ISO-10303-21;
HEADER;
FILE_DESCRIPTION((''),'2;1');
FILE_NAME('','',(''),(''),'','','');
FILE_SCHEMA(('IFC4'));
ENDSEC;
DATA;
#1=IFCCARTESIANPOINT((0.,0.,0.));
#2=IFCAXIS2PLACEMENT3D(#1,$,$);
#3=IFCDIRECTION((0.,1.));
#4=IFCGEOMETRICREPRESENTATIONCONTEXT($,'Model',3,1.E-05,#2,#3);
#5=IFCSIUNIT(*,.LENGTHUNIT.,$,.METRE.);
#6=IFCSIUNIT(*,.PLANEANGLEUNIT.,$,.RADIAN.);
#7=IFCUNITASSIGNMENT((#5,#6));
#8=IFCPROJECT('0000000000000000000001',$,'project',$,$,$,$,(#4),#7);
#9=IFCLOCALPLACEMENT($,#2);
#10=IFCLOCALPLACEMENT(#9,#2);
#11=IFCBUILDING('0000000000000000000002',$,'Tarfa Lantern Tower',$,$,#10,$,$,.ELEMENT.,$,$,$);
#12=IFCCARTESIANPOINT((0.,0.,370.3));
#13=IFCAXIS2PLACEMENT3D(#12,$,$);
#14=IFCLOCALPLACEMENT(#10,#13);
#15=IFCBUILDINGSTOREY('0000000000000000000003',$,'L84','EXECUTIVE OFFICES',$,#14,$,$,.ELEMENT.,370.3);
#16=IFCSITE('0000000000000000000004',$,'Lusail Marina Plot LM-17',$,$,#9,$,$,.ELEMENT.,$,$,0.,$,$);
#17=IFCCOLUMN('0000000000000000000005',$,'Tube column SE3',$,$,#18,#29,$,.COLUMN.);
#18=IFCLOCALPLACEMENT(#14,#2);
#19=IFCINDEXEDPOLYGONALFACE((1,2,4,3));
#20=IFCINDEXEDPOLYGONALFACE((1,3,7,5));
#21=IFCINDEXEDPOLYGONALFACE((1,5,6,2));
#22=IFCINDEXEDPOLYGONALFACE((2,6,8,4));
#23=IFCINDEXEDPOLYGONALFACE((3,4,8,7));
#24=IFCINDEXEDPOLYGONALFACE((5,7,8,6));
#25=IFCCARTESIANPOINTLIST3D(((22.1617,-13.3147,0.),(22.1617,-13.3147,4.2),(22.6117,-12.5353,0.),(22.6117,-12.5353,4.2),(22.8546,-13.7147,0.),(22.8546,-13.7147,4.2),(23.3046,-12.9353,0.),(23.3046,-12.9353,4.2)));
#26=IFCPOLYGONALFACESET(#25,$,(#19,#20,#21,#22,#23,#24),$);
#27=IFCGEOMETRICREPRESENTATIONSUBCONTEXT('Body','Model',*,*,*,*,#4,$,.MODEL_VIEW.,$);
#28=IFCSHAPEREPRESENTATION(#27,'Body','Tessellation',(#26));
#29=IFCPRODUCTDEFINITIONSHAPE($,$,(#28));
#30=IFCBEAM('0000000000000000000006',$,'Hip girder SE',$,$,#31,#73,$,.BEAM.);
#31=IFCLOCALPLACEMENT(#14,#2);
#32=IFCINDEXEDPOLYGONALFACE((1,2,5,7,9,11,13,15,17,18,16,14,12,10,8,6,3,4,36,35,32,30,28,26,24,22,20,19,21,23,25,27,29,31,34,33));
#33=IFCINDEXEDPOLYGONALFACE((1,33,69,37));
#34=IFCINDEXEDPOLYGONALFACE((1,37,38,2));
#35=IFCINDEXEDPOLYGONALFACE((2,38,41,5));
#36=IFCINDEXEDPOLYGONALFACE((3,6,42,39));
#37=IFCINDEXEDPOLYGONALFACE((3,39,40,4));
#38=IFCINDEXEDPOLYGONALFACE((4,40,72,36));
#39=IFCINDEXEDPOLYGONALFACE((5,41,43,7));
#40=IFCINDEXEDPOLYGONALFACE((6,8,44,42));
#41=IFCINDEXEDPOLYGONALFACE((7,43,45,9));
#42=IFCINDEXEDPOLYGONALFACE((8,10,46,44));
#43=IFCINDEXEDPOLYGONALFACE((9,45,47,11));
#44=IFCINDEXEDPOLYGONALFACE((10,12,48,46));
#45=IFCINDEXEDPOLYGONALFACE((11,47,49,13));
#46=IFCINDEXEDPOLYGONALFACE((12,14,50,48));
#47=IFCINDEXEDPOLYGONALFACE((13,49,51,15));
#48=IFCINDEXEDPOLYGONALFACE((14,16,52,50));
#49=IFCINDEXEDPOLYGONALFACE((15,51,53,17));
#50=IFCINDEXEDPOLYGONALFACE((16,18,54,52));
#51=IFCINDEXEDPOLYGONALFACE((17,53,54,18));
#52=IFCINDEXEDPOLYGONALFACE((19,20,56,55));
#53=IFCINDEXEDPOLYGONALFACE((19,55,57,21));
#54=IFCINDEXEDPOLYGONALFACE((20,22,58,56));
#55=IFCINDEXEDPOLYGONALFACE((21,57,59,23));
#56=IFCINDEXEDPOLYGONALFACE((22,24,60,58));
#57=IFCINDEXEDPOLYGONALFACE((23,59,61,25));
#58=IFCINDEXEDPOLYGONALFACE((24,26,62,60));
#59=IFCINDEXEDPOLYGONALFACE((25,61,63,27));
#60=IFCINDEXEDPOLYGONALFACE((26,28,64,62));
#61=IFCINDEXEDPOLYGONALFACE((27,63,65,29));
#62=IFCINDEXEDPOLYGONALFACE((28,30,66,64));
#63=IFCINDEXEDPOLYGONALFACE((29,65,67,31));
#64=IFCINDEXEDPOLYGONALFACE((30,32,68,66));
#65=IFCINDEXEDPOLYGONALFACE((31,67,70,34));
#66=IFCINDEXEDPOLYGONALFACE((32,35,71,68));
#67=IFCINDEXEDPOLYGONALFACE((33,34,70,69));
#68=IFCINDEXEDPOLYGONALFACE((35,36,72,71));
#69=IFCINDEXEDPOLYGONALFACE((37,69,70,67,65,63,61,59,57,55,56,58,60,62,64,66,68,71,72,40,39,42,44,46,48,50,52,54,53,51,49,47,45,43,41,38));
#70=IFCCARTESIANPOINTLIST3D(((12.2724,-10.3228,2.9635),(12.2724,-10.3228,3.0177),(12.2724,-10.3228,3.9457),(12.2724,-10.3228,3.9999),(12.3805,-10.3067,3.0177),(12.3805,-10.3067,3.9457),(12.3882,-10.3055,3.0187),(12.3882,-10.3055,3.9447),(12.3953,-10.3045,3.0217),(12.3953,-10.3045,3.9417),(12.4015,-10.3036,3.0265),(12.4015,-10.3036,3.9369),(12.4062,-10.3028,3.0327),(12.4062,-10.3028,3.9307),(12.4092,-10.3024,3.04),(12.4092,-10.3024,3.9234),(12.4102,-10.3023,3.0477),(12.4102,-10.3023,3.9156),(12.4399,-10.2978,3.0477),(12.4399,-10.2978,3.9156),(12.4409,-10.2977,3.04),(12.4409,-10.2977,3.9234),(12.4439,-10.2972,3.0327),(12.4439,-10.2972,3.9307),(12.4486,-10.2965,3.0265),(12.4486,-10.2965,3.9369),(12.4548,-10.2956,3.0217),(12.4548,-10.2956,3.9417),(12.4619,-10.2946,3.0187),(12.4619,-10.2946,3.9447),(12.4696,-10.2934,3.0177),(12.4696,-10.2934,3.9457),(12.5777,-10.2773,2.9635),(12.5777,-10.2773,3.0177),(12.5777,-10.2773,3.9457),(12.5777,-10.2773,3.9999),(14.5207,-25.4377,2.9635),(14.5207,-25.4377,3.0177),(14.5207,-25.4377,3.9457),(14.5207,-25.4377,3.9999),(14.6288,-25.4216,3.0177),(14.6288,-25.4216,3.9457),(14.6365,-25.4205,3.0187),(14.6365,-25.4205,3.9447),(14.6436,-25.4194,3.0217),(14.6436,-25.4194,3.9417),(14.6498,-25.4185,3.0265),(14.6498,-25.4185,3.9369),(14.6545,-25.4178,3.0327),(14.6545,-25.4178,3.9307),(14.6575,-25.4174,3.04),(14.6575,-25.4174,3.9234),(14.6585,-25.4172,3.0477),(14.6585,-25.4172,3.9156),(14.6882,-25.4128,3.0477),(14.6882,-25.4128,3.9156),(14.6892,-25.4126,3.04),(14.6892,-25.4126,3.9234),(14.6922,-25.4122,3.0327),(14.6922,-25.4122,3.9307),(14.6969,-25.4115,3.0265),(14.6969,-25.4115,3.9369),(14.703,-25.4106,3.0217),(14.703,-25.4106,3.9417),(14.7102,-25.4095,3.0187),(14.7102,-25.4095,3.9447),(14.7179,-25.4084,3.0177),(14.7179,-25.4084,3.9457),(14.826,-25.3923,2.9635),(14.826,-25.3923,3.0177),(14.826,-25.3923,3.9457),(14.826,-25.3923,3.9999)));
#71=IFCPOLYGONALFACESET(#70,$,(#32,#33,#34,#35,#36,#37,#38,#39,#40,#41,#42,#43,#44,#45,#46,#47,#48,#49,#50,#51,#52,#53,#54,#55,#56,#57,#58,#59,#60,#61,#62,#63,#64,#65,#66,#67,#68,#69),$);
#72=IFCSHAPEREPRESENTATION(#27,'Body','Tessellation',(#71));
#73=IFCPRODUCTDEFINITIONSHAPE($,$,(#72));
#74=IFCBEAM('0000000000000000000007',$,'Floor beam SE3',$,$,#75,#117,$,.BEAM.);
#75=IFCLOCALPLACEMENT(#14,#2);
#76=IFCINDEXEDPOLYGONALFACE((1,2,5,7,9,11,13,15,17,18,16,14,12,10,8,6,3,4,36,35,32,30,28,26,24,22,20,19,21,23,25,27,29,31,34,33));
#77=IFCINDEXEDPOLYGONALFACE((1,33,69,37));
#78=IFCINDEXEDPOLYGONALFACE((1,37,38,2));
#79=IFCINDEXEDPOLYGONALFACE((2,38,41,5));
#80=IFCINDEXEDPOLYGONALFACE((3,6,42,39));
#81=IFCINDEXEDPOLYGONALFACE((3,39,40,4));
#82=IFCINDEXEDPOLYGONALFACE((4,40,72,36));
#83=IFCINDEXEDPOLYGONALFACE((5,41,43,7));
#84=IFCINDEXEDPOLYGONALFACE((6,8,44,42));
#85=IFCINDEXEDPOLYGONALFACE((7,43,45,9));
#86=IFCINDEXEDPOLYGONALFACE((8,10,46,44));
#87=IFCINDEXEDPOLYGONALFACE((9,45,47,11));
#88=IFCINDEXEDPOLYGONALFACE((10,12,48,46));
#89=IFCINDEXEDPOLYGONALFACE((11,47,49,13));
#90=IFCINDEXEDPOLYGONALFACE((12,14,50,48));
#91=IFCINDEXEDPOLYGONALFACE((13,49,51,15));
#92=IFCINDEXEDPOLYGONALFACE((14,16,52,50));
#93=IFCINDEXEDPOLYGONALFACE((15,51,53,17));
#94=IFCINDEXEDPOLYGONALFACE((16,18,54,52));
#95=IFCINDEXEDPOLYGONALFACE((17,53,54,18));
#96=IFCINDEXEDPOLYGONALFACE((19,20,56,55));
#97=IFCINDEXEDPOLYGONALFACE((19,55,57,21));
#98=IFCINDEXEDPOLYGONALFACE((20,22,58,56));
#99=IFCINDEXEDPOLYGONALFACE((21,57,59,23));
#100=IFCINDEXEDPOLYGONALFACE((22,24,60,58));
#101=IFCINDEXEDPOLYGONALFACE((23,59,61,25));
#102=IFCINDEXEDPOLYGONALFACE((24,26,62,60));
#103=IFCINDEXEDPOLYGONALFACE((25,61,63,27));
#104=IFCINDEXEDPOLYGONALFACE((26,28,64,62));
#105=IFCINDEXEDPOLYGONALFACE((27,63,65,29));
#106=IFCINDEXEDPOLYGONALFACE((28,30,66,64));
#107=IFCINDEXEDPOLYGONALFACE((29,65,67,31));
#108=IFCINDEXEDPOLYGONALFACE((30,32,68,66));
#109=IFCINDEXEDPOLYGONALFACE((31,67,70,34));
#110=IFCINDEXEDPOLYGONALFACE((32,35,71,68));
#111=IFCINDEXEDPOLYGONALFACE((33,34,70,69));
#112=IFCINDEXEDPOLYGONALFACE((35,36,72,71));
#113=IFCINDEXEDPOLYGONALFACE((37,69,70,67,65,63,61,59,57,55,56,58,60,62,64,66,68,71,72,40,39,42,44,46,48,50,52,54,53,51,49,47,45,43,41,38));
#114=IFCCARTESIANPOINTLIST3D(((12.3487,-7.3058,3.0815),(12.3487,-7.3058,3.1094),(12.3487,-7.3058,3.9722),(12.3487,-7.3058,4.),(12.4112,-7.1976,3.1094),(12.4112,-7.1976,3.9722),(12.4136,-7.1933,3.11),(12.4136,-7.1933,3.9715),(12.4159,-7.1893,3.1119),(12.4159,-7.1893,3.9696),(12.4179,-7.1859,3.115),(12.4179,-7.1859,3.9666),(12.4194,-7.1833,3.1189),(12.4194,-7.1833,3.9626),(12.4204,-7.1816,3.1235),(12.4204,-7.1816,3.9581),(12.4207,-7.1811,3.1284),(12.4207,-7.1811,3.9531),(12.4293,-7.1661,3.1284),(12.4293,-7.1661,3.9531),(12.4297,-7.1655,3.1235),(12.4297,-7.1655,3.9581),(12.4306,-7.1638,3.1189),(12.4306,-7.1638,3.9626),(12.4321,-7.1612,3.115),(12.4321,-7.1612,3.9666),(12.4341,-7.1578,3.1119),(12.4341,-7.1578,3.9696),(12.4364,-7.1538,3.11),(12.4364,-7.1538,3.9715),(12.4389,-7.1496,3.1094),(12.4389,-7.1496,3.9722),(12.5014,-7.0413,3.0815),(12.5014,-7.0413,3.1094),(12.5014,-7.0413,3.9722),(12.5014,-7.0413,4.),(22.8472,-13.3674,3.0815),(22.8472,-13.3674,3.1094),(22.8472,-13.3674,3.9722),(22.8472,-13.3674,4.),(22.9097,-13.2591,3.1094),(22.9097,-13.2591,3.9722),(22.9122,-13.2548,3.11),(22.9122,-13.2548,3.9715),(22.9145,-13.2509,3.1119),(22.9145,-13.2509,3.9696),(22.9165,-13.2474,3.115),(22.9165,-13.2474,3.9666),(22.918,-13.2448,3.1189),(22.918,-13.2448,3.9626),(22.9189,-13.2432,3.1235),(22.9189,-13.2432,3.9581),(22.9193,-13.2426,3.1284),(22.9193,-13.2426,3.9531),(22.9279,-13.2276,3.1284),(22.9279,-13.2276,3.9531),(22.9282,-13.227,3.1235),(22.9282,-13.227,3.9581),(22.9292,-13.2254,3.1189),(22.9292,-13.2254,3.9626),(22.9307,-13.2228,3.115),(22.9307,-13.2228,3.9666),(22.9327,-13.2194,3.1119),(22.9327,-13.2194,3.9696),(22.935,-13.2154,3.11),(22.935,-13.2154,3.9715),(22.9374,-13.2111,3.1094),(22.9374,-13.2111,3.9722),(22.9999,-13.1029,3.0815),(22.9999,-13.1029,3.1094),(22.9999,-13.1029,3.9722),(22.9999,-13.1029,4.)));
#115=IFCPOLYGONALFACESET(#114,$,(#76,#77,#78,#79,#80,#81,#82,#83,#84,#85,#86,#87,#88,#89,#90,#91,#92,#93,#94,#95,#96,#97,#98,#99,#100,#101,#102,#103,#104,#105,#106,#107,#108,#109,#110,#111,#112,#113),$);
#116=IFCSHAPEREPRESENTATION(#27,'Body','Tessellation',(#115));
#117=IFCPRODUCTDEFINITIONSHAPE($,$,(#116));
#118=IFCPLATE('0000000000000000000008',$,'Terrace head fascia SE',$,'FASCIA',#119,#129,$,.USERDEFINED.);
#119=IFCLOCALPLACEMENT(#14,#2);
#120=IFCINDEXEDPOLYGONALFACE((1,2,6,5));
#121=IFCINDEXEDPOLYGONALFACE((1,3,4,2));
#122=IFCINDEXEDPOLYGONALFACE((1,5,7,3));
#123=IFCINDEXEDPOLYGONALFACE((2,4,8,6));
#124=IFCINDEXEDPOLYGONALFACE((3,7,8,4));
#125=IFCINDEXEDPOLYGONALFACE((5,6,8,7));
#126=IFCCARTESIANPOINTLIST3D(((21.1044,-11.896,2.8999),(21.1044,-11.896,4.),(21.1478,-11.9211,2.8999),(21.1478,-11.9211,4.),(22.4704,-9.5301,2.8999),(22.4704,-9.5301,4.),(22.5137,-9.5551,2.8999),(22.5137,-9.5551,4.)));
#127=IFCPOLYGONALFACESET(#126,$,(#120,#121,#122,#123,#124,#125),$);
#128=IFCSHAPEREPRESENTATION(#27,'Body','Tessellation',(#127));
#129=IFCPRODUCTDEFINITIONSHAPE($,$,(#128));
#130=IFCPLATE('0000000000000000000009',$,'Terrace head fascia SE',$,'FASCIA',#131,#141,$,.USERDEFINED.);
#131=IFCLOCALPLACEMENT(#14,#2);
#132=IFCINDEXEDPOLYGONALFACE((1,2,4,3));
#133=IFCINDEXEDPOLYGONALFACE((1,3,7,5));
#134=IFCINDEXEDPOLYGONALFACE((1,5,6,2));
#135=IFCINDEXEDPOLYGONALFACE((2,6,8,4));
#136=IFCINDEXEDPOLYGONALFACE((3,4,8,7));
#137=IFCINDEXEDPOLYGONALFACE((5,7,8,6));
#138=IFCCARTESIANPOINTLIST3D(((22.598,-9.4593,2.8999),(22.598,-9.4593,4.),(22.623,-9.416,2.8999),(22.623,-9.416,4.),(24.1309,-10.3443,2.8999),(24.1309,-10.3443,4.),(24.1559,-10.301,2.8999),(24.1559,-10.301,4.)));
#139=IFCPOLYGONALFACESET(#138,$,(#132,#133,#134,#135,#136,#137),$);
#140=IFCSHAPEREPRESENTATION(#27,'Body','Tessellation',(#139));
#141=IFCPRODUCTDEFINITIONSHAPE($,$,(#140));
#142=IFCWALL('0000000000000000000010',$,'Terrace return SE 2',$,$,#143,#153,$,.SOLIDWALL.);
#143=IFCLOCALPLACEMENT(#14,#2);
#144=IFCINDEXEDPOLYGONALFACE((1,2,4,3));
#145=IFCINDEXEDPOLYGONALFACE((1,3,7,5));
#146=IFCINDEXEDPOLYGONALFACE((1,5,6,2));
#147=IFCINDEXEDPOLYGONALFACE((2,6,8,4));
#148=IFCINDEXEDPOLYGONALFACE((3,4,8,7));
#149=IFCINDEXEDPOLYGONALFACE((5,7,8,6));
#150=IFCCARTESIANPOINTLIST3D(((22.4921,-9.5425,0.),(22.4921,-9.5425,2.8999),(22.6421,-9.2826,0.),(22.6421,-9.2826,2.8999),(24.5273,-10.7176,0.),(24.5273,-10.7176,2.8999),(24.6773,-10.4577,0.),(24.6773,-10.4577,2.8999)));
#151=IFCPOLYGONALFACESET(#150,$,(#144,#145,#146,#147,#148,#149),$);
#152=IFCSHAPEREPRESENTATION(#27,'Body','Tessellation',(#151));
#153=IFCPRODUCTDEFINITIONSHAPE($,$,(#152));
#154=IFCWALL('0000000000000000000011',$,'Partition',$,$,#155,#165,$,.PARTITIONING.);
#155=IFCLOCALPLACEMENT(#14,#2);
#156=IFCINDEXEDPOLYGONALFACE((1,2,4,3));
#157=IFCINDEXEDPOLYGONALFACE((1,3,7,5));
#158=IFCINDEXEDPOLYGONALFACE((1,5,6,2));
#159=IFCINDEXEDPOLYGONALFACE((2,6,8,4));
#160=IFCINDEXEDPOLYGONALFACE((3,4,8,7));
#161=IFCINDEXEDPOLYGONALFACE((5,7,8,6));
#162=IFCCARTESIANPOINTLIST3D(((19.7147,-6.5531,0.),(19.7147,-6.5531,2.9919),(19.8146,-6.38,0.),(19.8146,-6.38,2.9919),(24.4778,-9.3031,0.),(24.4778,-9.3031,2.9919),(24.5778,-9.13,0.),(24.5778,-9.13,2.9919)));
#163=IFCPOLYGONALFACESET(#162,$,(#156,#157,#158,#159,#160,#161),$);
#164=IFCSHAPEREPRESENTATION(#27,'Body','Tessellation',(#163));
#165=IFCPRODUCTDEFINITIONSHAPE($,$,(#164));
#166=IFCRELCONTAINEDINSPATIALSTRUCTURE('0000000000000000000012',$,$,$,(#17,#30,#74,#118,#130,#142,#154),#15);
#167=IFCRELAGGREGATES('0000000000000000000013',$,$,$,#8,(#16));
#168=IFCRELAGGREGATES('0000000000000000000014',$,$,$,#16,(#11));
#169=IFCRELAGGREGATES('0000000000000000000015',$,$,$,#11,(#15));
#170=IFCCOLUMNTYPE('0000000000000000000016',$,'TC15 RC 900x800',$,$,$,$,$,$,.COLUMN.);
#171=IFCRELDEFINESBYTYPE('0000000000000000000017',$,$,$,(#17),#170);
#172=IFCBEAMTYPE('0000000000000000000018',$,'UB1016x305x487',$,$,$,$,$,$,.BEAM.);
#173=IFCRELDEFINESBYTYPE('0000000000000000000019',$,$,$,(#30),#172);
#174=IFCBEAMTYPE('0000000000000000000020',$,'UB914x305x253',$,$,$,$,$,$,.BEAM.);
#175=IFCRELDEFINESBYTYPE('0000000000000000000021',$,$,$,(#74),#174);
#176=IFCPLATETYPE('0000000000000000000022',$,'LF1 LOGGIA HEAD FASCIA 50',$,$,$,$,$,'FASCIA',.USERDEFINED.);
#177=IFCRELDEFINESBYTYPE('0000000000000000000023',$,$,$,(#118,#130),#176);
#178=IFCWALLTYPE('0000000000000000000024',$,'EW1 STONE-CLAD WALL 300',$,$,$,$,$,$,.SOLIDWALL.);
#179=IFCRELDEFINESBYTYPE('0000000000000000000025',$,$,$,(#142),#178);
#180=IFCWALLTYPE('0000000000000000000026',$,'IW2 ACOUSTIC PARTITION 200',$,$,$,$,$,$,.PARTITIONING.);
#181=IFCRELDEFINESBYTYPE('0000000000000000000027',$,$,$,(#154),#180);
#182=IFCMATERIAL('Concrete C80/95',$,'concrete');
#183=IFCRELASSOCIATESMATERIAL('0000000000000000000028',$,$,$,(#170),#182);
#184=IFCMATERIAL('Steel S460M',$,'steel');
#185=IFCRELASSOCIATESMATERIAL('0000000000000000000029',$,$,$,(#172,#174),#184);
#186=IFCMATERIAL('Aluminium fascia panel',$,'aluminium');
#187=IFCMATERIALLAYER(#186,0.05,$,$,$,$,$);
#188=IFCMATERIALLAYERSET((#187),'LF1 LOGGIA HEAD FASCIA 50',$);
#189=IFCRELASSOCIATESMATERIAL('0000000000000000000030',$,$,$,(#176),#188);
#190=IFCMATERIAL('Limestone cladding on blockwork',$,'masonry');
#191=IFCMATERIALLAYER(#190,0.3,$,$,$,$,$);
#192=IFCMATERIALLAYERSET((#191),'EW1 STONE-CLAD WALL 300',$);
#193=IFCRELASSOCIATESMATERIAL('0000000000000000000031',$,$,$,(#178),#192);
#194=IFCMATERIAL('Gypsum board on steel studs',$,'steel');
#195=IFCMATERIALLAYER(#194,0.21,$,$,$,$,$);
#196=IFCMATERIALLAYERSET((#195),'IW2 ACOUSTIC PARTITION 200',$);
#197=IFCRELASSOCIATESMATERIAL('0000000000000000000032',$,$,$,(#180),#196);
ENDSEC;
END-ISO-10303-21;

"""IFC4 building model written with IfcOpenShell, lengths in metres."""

from ifc_helpers import new_model, si_unit, direction, frame, frame_2d, origin, origin_2d, place, context, subcontext, project, spatial, rectangle, i_section, extrude, material, layer, layer_set, material_profile, profile_set, type_object, element, save


model = new_model("IFC4")

# Units and contexts
model_context = context("Model", 3, precision=1e-05, world=origin(), true_north=direction((0.0, 1.0)))
body_context = subcontext(model_context, "Body", "Model", "MODEL_VIEW")
ifc_project = project(units=[si_unit("LENGTHUNIT", "METRE"), si_unit("PLANEANGLEUNIT", "RADIAN")], contexts=[model_context])

# Site, building, storey
site_placement = place(None, origin())
site = spatial("IfcSite", under=ifc_project, at=site_placement, Name="Lusail Marina Plot LM-17", CompositionType="ELEMENT", RefElevation=0.0)
building_placement = place(site_placement, origin())
building = spatial("IfcBuilding", under=site, at=building_placement, Name="Tarfa Lantern Tower", CompositionType="ELEMENT")
storey_placement = place(building_placement, frame((0.0, 0.0, 370.3)))
storey = spatial("IfcBuildingStorey", under=building, at=storey_placement, Name="L84", Description="EXECUTIVE OFFICES", CompositionType="ELEMENT", Elevation=370.3)

# Column
ifc_material_1 = material(Name="Concrete C80/95", Category="concrete")
ifc_material_profile_1 = material_profile(ifc_material_1, rectangle(XDim=0.8999, YDim=0.8, at=origin_2d()), Name="RC 900x800")
ifc_profile_set_1 = profile_set([ifc_material_profile_1], Name="Concrete C80/95")
column_type = type_object("IfcColumnType", Name="TC15 RC 900x800", PredefinedType="COLUMN", material=ifc_profile_set_1)
column_placement = place(storey_placement, frame((22.7332, -13.125, 0.0), z_axis=(0.0, 0.0, 1.0), x_axis=(0.5, 0.866025, 0.0)))
element("IfcColumn", 1, at=column_placement, inside=storey, type_object=column_type, Name="Tube column SE3", PredefinedType="COLUMN", context=body_context, shape_type="SweptSolid", body=[
    extrude(rectangle(XDim=0.8999, YDim=0.8, at=origin_2d()), origin(), (0.0, 0.0, 1.0), 4.2),
])

# Beams
ifc_material_2 = material(Name="Steel S460M", Category="steel")
ifc_material_profile_2 = material_profile(ifc_material_2, i_section(OverallWidth=0.3086, OverallDepth=1.0364, WebThickness=0.03, FlangeThickness=0.0542, FilletRadius=0.03, at=origin_2d()), Name="UB1016x305x487")
ifc_profile_set_2 = profile_set([ifc_material_profile_2], Name="Steel S460M")
beam_type_1 = type_object("IfcBeamType", Name="UB1016x305x487", PredefinedType="BEAM", material=ifc_profile_set_2)
beam_1_placement = place(storey_placement, frame((12.425, -10.3, 3.4817), z_axis=(0.147127, -0.989118, 0.0), x_axis=(0.989118, 0.147127, 0.0)))
element("IfcBeam", 2, at=beam_1_placement, inside=storey, type_object=beam_type_1, Name="Hip girder SE", PredefinedType="BEAM", context=body_context, shape_type="SweptSolid", body=[
    extrude(i_section(OverallWidth=0.3086, OverallDepth=1.0364, WebThickness=0.03, FlangeThickness=0.0542, FilletRadius=0.03, at=origin_2d()), origin(), (0.0, 0.0, 1.0), 15.2812),
])
ifc_material_profile_3 = material_profile(ifc_material_2, i_section(OverallWidth=0.3054, OverallDepth=0.9185, WebThickness=0.0173, FlangeThickness=0.0278, FilletRadius=0.019, at=origin_2d()), Name="UB914x305x253")
ifc_profile_set_3 = profile_set([ifc_material_profile_3], Name="Steel S460M")
beam_type_2 = type_object("IfcBeamType", Name="UB914x305x253", PredefinedType="BEAM", material=ifc_profile_set_3)
beam_2_placement = place(storey_placement, frame((22.9236, -13.2351, 3.5408), z_axis=(-0.866019, 0.500012, 0.0), x_axis=(-0.500012, -0.866019, 0.0)))
element("IfcBeam", 3, at=beam_2_placement, inside=storey, type_object=beam_type_2, Name="Floor beam SE3", PredefinedType="BEAM", context=body_context, shape_type="SweptSolid", body=[
    extrude(i_section(OverallWidth=0.3054, OverallDepth=0.9185, WebThickness=0.0173, FlangeThickness=0.0278, FilletRadius=0.019, at=origin_2d()), origin(), (0.0, 0.0, 1.0), 12.1228),
])

# Plates
ifc_material_3 = material(Name="Aluminium fascia panel", Category="aluminium")
ifc_layer_1 = layer(ifc_material_3, 0.05)
ifc_layer_set_1 = layer_set([ifc_layer_1], Name="LF1 LOGGIA HEAD FASCIA 50")
plate_type = type_object("IfcPlateType", Name="LF1 LOGGIA HEAD FASCIA 50", ElementType="FASCIA", PredefinedType="USERDEFINED", material=ifc_layer_set_1)
plate_1_placement = place(storey_placement, frame((21.8091, -10.7256, 2.8999), z_axis=(0.0, 0.0, 1.0), x_axis=(0.5, 0.866025, 0.0)))
element("IfcPlate", 4, at=plate_1_placement, inside=storey, type_object=plate_type, Name="Terrace head fascia SE", ObjectType="FASCIA", PredefinedType="USERDEFINED", context=body_context, shape_type="SweptSolid", body=[
    extrude(rectangle(XDim=2.7319, YDim=0.05, at=origin_2d()), origin(), (0.0, 0.0, 1.0), 1.1001),
])
plate_2_placement = place(storey_placement, frame((23.377, -9.8801, 2.8999), z_axis=(0.0, 0.0, 1.0), x_axis=(-0.866025, 0.5, 0.0)))
element("IfcPlate", 5, at=plate_2_placement, inside=storey, type_object=plate_type, Name="Terrace head fascia SE", ObjectType="FASCIA", PredefinedType="USERDEFINED", context=body_context, shape_type="SweptSolid", body=[
    extrude(rectangle(XDim=1.77, YDim=0.05, at=origin_2d()), origin(), (0.0, 0.0, 1.0), 1.1001),
])

# Walls
ifc_material_4 = material(Name="Limestone cladding on blockwork", Category="masonry")
ifc_layer_2 = layer(ifc_material_4, 0.3)
ifc_layer_set_2 = layer_set([ifc_layer_2], Name="EW1 STONE-CLAD WALL 300")
wall_type_1 = type_object("IfcWallType", Name="EW1 STONE-CLAD WALL 300", PredefinedType="SOLIDWALL", material=ifc_layer_set_2)
wall_1_placement = place(storey_placement, frame((24.6023, -10.5876, 0.0), z_axis=(0.0, 0.0, 1.0), x_axis=(-0.866016, 0.500016, 0.0)))
element("IfcWall", 6, at=wall_1_placement, inside=storey, type_object=wall_type_1, Name="Terrace return SE 2", PredefinedType="SOLIDWALL", context=body_context, shape_type="SweptSolid", body=[
    extrude(rectangle(XDim=2.3501, YDim=0.3, at=frame_2d((1.175, 0.0))), origin(), (0.0, 0.0, 1.0), 2.8999),
])
ifc_material_5 = material(Name="Gypsum board on steel studs", Category="steel")
ifc_layer_3 = layer(ifc_material_5, 0.21)
ifc_layer_set_3 = layer_set([ifc_layer_3], Name="IW2 ACOUSTIC PARTITION 200")
wall_type_2 = type_object("IfcWallType", Name="IW2 ACOUSTIC PARTITION 200", PredefinedType="PARTITIONING", material=ifc_layer_set_3)
wall_2_placement = place(storey_placement, frame((19.7646, -6.4666, 0.0), z_axis=(0.0, 0.0, 1.0), x_axis=(0.866027, -0.499997, 0.0)))
element("IfcWall", 7, at=wall_2_placement, inside=storey, type_object=wall_type_2, Name="Partition", PredefinedType="PARTITIONING", context=body_context, shape_type="SweptSolid", body=[
    extrude(rectangle(XDim=5.5, YDim=0.2, at=frame_2d((2.75, 0.0))), origin(), (0.0, 0.0, 1.0), 2.9919),
])

save(model, "model.ifc")
